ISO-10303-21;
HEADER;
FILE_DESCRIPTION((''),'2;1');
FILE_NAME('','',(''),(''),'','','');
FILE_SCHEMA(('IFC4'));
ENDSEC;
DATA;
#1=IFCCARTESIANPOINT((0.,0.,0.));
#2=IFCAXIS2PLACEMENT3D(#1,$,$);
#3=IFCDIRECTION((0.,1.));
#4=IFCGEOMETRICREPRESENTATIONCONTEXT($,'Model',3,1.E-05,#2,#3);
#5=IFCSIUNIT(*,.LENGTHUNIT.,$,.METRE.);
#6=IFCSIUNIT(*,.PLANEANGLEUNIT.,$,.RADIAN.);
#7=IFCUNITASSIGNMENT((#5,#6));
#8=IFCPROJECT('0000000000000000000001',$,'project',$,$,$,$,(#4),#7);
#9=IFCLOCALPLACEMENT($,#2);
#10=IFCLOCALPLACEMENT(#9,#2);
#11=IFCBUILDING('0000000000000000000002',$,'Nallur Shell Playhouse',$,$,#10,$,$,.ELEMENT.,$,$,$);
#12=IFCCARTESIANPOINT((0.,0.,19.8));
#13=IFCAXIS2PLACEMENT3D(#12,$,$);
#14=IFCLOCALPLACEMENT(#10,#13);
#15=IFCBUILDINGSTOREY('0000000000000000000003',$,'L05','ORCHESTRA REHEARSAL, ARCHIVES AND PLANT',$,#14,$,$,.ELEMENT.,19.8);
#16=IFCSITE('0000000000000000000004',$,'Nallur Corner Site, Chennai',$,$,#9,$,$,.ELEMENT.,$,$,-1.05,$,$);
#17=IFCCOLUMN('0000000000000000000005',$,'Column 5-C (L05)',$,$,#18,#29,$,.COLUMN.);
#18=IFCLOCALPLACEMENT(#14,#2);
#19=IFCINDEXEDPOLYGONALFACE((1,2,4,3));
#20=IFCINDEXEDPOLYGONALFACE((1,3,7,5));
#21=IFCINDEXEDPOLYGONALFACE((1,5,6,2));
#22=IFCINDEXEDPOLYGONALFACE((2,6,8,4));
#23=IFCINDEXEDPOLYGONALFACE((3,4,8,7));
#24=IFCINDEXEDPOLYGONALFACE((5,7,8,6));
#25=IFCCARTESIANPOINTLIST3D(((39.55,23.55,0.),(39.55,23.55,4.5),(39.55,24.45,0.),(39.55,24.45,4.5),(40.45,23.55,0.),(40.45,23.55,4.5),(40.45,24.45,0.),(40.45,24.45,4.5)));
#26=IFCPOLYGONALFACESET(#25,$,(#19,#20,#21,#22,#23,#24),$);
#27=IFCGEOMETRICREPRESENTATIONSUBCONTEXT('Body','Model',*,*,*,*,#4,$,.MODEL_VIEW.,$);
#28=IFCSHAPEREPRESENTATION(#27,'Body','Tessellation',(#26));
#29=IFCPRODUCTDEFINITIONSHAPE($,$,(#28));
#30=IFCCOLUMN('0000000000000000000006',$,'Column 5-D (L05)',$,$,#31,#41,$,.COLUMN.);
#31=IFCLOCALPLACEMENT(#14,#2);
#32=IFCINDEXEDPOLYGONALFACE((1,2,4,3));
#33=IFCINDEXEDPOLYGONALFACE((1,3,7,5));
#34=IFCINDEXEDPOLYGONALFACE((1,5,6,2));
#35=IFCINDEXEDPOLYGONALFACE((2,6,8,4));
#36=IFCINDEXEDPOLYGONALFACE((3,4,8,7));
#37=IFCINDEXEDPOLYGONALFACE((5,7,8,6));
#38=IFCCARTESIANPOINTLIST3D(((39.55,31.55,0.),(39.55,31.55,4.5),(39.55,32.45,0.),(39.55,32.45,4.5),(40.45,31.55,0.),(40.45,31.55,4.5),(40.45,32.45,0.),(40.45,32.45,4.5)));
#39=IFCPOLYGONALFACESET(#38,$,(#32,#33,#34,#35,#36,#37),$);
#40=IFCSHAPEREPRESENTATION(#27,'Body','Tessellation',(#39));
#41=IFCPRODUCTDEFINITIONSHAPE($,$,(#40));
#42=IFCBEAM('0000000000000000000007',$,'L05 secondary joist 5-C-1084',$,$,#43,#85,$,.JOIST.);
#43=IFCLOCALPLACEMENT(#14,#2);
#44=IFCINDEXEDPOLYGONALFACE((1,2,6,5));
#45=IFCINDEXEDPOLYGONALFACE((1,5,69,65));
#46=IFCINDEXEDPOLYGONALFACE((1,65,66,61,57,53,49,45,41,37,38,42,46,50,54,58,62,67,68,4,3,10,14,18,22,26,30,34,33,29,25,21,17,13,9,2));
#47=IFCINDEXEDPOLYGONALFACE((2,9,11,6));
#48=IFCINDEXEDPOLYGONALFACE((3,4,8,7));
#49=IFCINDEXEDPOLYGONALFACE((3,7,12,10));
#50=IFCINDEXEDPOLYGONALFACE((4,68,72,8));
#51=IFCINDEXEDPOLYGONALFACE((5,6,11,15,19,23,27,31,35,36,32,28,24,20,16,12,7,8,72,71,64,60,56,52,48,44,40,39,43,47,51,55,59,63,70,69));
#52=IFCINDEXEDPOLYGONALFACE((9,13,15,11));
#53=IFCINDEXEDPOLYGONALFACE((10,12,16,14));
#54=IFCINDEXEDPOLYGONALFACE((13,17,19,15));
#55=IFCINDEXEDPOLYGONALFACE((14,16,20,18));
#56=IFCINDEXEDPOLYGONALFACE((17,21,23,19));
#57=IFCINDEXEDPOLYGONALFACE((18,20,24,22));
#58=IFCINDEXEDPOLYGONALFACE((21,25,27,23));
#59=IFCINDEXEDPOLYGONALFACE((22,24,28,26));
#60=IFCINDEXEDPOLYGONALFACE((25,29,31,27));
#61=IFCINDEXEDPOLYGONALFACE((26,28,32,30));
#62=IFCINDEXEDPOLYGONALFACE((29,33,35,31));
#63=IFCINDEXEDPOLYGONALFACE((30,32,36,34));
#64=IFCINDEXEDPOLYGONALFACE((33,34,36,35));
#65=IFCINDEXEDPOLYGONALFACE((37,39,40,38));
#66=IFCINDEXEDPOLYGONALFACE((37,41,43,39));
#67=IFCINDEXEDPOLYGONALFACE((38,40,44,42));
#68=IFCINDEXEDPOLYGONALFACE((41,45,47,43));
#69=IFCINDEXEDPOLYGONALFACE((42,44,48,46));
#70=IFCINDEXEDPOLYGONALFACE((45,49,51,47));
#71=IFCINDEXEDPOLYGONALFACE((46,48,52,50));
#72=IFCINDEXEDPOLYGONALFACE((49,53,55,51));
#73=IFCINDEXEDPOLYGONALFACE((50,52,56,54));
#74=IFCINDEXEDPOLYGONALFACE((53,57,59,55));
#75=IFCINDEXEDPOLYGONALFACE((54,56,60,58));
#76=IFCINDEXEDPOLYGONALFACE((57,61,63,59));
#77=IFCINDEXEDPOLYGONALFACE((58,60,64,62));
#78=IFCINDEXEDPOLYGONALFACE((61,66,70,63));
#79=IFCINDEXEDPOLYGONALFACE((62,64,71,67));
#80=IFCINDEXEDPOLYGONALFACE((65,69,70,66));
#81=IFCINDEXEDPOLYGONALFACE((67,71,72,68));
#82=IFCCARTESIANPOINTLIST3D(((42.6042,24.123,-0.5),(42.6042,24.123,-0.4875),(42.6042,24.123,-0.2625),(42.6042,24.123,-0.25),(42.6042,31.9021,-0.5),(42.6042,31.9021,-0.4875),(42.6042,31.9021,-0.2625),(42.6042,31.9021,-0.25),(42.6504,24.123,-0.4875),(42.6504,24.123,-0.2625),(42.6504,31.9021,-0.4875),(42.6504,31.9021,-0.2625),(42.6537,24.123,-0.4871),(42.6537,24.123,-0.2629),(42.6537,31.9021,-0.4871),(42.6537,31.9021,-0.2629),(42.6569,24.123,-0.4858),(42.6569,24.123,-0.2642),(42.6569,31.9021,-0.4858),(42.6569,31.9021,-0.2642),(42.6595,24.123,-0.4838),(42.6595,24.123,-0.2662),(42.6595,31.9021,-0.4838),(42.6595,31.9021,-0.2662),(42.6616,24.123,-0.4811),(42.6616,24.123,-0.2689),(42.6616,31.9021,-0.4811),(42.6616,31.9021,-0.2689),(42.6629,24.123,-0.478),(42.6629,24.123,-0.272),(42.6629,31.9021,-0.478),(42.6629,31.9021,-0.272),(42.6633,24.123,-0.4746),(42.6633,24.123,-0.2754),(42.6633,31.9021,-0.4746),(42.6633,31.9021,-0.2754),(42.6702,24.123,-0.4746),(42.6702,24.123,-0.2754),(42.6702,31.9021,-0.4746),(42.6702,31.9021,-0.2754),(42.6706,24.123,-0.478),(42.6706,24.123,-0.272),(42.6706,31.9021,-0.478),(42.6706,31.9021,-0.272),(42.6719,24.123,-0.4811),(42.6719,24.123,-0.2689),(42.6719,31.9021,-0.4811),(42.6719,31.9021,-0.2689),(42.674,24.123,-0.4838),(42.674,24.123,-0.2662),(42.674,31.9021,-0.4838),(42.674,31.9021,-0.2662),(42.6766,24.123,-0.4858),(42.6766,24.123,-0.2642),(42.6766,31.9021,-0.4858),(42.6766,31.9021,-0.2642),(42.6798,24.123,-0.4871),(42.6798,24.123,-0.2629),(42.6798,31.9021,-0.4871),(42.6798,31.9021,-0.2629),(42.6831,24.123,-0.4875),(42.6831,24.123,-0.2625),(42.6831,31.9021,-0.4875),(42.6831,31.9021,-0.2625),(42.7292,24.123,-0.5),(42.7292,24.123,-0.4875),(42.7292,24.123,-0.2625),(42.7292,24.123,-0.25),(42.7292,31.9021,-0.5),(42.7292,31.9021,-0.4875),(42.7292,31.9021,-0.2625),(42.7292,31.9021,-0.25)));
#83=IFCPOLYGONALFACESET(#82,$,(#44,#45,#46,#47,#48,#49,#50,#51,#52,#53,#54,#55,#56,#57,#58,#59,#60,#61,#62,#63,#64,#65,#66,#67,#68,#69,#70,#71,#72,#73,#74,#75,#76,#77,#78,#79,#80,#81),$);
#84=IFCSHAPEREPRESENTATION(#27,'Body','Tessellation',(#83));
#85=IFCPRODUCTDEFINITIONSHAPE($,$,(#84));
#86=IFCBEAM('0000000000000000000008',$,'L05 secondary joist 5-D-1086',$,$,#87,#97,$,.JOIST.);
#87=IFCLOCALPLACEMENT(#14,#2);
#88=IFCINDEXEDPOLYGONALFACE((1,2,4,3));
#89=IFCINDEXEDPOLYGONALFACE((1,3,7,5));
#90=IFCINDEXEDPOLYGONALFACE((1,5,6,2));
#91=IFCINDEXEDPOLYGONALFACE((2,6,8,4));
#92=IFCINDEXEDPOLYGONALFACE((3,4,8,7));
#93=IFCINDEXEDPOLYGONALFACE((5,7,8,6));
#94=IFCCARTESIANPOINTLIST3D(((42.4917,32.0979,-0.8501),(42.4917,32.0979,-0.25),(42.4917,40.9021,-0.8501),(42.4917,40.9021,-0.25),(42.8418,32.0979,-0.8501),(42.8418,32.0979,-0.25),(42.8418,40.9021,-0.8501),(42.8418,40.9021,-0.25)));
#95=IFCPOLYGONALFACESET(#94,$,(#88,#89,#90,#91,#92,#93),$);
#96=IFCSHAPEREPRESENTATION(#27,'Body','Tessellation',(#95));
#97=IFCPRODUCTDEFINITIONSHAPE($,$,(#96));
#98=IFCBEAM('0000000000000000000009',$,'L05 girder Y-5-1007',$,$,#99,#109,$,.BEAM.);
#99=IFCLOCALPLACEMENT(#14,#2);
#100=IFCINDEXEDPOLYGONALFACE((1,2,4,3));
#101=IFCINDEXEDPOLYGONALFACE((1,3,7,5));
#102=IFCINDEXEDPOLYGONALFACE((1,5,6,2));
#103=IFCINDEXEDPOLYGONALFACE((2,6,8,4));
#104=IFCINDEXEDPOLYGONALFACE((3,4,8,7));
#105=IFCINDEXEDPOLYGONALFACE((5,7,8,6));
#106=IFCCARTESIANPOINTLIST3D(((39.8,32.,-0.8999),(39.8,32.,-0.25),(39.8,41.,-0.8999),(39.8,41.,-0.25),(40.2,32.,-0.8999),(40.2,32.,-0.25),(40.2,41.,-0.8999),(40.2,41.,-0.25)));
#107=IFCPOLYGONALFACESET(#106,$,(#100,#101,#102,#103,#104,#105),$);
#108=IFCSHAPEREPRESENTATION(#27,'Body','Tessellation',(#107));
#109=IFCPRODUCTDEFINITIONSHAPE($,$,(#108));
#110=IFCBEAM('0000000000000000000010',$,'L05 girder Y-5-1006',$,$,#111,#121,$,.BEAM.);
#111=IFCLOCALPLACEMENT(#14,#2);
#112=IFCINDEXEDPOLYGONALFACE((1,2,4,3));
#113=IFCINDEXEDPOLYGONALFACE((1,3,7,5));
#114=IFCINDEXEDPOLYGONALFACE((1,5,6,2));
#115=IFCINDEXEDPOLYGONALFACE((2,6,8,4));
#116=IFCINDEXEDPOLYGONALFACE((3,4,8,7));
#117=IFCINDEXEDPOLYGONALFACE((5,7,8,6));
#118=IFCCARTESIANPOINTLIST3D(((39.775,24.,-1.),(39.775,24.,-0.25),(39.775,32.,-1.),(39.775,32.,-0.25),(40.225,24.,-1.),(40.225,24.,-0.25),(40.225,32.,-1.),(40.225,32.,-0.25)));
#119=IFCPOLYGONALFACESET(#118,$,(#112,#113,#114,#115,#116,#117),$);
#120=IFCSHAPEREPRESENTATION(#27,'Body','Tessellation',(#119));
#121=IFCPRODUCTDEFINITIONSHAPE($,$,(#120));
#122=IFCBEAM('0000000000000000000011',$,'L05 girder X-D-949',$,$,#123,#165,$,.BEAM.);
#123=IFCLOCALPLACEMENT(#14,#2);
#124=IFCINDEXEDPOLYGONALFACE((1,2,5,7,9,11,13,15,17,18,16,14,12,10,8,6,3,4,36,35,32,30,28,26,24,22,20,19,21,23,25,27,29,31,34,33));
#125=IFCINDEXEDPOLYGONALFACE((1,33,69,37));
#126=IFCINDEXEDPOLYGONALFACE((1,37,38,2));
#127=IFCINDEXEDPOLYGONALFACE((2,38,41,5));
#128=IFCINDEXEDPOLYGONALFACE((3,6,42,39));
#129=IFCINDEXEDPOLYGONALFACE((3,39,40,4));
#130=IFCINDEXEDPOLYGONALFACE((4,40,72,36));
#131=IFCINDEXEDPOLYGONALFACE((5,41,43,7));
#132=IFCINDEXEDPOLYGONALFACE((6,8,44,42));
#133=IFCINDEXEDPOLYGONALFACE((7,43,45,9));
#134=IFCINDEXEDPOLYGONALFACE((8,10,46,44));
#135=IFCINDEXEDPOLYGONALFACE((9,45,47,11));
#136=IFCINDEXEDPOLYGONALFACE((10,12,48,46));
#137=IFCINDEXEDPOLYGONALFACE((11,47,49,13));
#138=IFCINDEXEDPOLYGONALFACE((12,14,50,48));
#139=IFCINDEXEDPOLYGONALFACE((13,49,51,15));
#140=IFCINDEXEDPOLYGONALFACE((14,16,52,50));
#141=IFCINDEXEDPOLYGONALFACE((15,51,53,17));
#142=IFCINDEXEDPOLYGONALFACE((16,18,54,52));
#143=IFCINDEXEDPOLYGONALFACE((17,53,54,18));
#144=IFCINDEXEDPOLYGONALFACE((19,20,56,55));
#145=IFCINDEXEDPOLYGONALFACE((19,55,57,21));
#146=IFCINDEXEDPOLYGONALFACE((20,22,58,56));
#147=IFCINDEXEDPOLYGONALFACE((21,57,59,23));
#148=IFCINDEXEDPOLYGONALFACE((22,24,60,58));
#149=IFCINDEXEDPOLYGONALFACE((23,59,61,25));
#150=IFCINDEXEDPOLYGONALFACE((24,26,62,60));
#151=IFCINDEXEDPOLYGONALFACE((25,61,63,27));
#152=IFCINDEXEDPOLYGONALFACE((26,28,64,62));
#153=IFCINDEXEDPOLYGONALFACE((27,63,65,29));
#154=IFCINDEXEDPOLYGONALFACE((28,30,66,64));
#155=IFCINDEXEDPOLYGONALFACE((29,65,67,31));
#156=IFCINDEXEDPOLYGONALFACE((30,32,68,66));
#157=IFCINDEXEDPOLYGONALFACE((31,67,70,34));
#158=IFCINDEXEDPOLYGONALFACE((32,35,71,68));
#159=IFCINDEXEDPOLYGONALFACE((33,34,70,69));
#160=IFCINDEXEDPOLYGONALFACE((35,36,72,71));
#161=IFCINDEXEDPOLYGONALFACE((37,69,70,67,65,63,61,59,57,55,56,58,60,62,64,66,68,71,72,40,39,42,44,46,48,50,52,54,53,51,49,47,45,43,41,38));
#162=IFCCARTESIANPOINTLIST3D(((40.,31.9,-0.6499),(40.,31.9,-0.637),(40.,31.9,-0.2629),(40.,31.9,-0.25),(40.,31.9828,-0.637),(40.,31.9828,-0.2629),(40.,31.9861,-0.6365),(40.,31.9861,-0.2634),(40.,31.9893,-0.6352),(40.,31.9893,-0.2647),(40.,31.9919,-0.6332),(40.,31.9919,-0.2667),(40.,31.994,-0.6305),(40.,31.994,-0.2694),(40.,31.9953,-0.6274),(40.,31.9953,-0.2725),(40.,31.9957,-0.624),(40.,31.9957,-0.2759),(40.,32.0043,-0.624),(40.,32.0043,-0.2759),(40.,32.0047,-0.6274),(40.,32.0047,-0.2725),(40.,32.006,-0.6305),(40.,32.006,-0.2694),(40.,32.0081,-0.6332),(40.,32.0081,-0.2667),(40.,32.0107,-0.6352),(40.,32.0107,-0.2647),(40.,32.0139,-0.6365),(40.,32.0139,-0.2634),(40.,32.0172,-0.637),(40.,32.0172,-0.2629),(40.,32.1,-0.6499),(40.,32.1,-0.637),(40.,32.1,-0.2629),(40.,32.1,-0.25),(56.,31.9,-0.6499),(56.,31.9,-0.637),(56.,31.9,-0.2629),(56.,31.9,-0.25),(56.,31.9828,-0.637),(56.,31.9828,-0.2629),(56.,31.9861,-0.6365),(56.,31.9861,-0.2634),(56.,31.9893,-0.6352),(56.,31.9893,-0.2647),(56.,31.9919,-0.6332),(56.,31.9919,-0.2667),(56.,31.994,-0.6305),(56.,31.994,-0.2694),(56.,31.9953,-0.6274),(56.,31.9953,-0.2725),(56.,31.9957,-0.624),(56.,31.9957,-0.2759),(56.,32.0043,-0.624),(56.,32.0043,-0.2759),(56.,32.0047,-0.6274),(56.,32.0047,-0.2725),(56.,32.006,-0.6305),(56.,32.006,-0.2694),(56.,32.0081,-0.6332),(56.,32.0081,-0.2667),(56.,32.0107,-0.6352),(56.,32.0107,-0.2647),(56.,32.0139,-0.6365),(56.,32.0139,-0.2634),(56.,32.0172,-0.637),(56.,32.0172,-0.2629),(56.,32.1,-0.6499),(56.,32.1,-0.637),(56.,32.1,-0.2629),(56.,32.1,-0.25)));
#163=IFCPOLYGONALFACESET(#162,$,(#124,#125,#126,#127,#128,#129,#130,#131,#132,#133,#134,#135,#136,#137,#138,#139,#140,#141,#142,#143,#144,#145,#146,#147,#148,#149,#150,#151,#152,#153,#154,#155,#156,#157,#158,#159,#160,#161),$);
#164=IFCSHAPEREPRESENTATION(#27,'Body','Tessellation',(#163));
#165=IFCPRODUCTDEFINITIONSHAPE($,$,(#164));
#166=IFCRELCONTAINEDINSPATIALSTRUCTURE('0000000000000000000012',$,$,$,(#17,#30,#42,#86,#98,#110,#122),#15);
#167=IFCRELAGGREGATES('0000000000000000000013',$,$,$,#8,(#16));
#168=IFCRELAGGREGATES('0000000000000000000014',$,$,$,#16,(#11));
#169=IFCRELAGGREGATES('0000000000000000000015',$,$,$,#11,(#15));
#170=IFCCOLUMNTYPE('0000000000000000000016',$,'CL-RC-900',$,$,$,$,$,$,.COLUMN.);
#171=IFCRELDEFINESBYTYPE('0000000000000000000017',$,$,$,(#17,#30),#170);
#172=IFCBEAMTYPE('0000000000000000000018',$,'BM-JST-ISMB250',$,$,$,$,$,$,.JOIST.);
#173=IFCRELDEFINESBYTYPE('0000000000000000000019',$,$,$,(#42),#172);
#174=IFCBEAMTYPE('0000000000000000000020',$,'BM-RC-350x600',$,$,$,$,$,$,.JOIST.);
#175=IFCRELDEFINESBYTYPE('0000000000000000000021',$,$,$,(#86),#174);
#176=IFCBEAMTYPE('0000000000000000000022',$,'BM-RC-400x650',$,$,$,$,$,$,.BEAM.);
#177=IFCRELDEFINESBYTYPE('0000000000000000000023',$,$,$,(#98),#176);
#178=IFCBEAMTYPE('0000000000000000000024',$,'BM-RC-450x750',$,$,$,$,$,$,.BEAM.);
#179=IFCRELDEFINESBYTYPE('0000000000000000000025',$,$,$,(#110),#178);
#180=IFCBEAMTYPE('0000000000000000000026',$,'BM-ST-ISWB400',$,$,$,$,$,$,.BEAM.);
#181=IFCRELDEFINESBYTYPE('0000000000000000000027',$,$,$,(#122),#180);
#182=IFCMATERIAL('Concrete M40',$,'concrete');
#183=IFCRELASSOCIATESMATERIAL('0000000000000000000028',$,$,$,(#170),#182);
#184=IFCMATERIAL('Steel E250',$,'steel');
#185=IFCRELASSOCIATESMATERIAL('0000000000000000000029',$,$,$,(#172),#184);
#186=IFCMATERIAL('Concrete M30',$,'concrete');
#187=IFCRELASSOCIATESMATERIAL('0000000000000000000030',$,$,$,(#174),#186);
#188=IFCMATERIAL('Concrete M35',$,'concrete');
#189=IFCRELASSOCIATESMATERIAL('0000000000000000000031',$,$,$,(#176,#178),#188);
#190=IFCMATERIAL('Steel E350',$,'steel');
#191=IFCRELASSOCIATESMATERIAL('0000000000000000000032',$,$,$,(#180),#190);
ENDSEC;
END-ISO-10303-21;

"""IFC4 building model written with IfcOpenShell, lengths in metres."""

from ifc_helpers import new_model, si_unit, direction, frame, origin, origin_2d, place, context, subcontext, project, spatial, rectangle, i_section, extrude, material, material_profile, profile_set, type_object, element, save


model = new_model("IFC4")

# Units and contexts
model_context = context("Model", 3, precision=1e-05, world=origin(), true_north=direction((0.0, 1.0)))
body_context = subcontext(model_context, "Body", "Model", "MODEL_VIEW")
ifc_project = project(units=[si_unit("LENGTHUNIT", "METRE"), si_unit("PLANEANGLEUNIT", "RADIAN")], contexts=[model_context])

# Site, building, storey
site_placement = place(None, origin())
site = spatial("IfcSite", under=ifc_project, at=site_placement, Name="Nallur Corner Site, Chennai", CompositionType="ELEMENT", RefElevation=-1.05)
building_placement = place(site_placement, origin())
building = spatial("IfcBuilding", under=site, at=building_placement, Name="Nallur Shell Playhouse", CompositionType="ELEMENT")
storey_placement = place(building_placement, frame((0.0, 0.0, 19.8)))
storey = spatial("IfcBuildingStorey", under=building, at=storey_placement, Name="L05", Description="ORCHESTRA REHEARSAL, ARCHIVES AND PLANT", CompositionType="ELEMENT", Elevation=19.8)

# Columns
ifc_material_1 = material(Name="Concrete M40", Category="concrete")
ifc_material_profile_1 = material_profile(ifc_material_1, rectangle(XDim=0.8999, YDim=0.8999, at=origin_2d()), Name="RC 900x900")
ifc_profile_set_1 = profile_set([ifc_material_profile_1], Name="Concrete M40")
column_type = type_object("IfcColumnType", Name="CL-RC-900", PredefinedType="COLUMN", material=ifc_profile_set_1)
for number, where, z_axis, x_axis, name in (
    (1, (40.0, 24.0, 0.0), (0.0, 0.0, 1.0), (1.0, 0.0, 0.0), "Column 5-C (L05)"),
    (2, (40.0, 32.0, 0.0), (0.0, 0.0, 1.0), (1.0, 0.0, 0.0), "Column 5-D (L05)"),
):
    element("IfcColumn", number, at=place(storey_placement, frame(where, z_axis=z_axis, x_axis=x_axis)), inside=storey, type_object=column_type, Name=name, PredefinedType="COLUMN", context=body_context, shape_type="SweptSolid", body=[
        extrude(rectangle(XDim=0.8999, YDim=0.8999, at=origin_2d()), origin(), (0.0, 0.0, 1.0), 4.5),
    ])

# Beams
ifc_material_2 = material(Name="Steel E250", Category="steel")
ifc_material_profile_2 = material_profile(ifc_material_2, i_section(OverallWidth=0.125, OverallDepth=0.25, WebThickness=0.0068, FlangeThickness=0.0125, FilletRadius=0.0129, at=origin_2d()), Name="ISMB 250")
ifc_profile_set_2 = profile_set([ifc_material_profile_2], Name="Steel E250")
beam_type_1 = type_object("IfcBeamType", Name="BM-JST-ISMB250", PredefinedType="JOIST", material=ifc_profile_set_2)
beam_1_placement = place(storey_placement, frame((42.6667, 24.123, -0.375), z_axis=(0.0, 1.0, 0.0), x_axis=(-1.0, 0.0, 0.0)))
element("IfcBeam", 3, at=beam_1_placement, inside=storey, type_object=beam_type_1, Name="L05 secondary joist 5-C-1084", PredefinedType="JOIST", context=body_context, shape_type="SweptSolid", body=[
    extrude(i_section(OverallWidth=0.125, OverallDepth=0.25, WebThickness=0.0068, FlangeThickness=0.0125, FilletRadius=0.0129, at=origin_2d()), origin(), (0.0, 0.0, 1.0), 7.7791),
])
ifc_material_3 = material(Name="Concrete M30", Category="concrete")
ifc_material_profile_3 = material_profile(ifc_material_3, rectangle(XDim=0.3501, YDim=0.6001, at=origin_2d()), Name="RC 350x600")
ifc_profile_set_3 = profile_set([ifc_material_profile_3], Name="Concrete M30")
beam_type_2 = type_object("IfcBeamType", Name="BM-RC-350x600", PredefinedType="JOIST", material=ifc_profile_set_3)
beam_2_placement = place(storey_placement, frame((42.6667, 32.0979, -0.55), z_axis=(0.0, 1.0, 0.0), x_axis=(-1.0, 0.0, 0.0)))
element("IfcBeam", 4, at=beam_2_placement, inside=storey, type_object=beam_type_2, Name="L05 secondary joist 5-D-1086", PredefinedType="JOIST", context=body_context, shape_type="SweptSolid", body=[
    extrude(rectangle(XDim=0.3501, YDim=0.6001, at=origin_2d()), origin(), (0.0, 0.0, 1.0), 8.8042),
])
ifc_material_4 = material(Name="Concrete M35", Category="concrete")
ifc_material_profile_4 = material_profile(ifc_material_4, rectangle(XDim=0.3999, YDim=0.6499, at=origin_2d()), Name="RC 400x650")
ifc_profile_set_4 = profile_set([ifc_material_profile_4], Name="Concrete M35")
beam_type_3 = type_object("IfcBeamType", Name="BM-RC-400x650", PredefinedType="BEAM", material=ifc_profile_set_4)
beam_3_placement = place(storey_placement, frame((40.0, 32.0, -0.575), z_axis=(0.0, 1.0, 0.0), x_axis=(-1.0, 0.0, 0.0)))
element("IfcBeam", 5, at=beam_3_placement, inside=storey, type_object=beam_type_3, Name="L05 girder Y-5-1007", PredefinedType="BEAM", context=body_context, shape_type="SweptSolid", body=[
    extrude(rectangle(XDim=0.3999, YDim=0.6499, at=origin_2d()), origin(), (0.0, 0.0, 1.0), 9.0),
])
ifc_material_profile_5 = material_profile(ifc_material_4, rectangle(XDim=0.45, YDim=0.75, at=origin_2d()), Name="RC 450x750")
ifc_profile_set_5 = profile_set([ifc_material_profile_5], Name="Concrete M35")
beam_type_4 = type_object("IfcBeamType", Name="BM-RC-450x750", PredefinedType="BEAM", material=ifc_profile_set_5)
beam_4_placement = place(storey_placement, frame((40.0, 24.0, -0.625), z_axis=(0.0, 1.0, 0.0), x_axis=(-1.0, 0.0, 0.0)))
element("IfcBeam", 6, at=beam_4_placement, inside=storey, type_object=beam_type_4, Name="L05 girder Y-5-1006", PredefinedType="BEAM", context=body_context, shape_type="SweptSolid", body=[
    extrude(rectangle(XDim=0.45, YDim=0.75, at=origin_2d()), origin(), (0.0, 0.0, 1.0), 8.0),
])
ifc_material_5 = material(Name="Steel E350", Category="steel")
ifc_material_profile_6 = material_profile(ifc_material_5, i_section(OverallWidth=0.2, OverallDepth=0.3999, WebThickness=0.0085, FlangeThickness=0.0129, FilletRadius=0.0129, at=origin_2d()), Name="ISWB 400")
ifc_profile_set_6 = profile_set([ifc_material_profile_6], Name="Steel E350")
beam_type_5 = type_object("IfcBeamType", Name="BM-ST-ISWB400", PredefinedType="BEAM", material=ifc_profile_set_6)
beam_5_placement = place(storey_placement, frame((40.0, 32.0, -0.45), z_axis=(1.0, 0.0, 0.0), x_axis=(0.0, 1.0, 0.0)))
element("IfcBeam", 7, at=beam_5_placement, inside=storey, type_object=beam_type_5, Name="L05 girder X-D-949", PredefinedType="BEAM", context=body_context, shape_type="SweptSolid", body=[
    extrude(i_section(OverallWidth=0.2, OverallDepth=0.3999, WebThickness=0.0085, FlangeThickness=0.0129, FilletRadius=0.0129, at=origin_2d()), origin(), (0.0, 0.0, 1.0), 16.0),
])

save(model, "model.ifc")
